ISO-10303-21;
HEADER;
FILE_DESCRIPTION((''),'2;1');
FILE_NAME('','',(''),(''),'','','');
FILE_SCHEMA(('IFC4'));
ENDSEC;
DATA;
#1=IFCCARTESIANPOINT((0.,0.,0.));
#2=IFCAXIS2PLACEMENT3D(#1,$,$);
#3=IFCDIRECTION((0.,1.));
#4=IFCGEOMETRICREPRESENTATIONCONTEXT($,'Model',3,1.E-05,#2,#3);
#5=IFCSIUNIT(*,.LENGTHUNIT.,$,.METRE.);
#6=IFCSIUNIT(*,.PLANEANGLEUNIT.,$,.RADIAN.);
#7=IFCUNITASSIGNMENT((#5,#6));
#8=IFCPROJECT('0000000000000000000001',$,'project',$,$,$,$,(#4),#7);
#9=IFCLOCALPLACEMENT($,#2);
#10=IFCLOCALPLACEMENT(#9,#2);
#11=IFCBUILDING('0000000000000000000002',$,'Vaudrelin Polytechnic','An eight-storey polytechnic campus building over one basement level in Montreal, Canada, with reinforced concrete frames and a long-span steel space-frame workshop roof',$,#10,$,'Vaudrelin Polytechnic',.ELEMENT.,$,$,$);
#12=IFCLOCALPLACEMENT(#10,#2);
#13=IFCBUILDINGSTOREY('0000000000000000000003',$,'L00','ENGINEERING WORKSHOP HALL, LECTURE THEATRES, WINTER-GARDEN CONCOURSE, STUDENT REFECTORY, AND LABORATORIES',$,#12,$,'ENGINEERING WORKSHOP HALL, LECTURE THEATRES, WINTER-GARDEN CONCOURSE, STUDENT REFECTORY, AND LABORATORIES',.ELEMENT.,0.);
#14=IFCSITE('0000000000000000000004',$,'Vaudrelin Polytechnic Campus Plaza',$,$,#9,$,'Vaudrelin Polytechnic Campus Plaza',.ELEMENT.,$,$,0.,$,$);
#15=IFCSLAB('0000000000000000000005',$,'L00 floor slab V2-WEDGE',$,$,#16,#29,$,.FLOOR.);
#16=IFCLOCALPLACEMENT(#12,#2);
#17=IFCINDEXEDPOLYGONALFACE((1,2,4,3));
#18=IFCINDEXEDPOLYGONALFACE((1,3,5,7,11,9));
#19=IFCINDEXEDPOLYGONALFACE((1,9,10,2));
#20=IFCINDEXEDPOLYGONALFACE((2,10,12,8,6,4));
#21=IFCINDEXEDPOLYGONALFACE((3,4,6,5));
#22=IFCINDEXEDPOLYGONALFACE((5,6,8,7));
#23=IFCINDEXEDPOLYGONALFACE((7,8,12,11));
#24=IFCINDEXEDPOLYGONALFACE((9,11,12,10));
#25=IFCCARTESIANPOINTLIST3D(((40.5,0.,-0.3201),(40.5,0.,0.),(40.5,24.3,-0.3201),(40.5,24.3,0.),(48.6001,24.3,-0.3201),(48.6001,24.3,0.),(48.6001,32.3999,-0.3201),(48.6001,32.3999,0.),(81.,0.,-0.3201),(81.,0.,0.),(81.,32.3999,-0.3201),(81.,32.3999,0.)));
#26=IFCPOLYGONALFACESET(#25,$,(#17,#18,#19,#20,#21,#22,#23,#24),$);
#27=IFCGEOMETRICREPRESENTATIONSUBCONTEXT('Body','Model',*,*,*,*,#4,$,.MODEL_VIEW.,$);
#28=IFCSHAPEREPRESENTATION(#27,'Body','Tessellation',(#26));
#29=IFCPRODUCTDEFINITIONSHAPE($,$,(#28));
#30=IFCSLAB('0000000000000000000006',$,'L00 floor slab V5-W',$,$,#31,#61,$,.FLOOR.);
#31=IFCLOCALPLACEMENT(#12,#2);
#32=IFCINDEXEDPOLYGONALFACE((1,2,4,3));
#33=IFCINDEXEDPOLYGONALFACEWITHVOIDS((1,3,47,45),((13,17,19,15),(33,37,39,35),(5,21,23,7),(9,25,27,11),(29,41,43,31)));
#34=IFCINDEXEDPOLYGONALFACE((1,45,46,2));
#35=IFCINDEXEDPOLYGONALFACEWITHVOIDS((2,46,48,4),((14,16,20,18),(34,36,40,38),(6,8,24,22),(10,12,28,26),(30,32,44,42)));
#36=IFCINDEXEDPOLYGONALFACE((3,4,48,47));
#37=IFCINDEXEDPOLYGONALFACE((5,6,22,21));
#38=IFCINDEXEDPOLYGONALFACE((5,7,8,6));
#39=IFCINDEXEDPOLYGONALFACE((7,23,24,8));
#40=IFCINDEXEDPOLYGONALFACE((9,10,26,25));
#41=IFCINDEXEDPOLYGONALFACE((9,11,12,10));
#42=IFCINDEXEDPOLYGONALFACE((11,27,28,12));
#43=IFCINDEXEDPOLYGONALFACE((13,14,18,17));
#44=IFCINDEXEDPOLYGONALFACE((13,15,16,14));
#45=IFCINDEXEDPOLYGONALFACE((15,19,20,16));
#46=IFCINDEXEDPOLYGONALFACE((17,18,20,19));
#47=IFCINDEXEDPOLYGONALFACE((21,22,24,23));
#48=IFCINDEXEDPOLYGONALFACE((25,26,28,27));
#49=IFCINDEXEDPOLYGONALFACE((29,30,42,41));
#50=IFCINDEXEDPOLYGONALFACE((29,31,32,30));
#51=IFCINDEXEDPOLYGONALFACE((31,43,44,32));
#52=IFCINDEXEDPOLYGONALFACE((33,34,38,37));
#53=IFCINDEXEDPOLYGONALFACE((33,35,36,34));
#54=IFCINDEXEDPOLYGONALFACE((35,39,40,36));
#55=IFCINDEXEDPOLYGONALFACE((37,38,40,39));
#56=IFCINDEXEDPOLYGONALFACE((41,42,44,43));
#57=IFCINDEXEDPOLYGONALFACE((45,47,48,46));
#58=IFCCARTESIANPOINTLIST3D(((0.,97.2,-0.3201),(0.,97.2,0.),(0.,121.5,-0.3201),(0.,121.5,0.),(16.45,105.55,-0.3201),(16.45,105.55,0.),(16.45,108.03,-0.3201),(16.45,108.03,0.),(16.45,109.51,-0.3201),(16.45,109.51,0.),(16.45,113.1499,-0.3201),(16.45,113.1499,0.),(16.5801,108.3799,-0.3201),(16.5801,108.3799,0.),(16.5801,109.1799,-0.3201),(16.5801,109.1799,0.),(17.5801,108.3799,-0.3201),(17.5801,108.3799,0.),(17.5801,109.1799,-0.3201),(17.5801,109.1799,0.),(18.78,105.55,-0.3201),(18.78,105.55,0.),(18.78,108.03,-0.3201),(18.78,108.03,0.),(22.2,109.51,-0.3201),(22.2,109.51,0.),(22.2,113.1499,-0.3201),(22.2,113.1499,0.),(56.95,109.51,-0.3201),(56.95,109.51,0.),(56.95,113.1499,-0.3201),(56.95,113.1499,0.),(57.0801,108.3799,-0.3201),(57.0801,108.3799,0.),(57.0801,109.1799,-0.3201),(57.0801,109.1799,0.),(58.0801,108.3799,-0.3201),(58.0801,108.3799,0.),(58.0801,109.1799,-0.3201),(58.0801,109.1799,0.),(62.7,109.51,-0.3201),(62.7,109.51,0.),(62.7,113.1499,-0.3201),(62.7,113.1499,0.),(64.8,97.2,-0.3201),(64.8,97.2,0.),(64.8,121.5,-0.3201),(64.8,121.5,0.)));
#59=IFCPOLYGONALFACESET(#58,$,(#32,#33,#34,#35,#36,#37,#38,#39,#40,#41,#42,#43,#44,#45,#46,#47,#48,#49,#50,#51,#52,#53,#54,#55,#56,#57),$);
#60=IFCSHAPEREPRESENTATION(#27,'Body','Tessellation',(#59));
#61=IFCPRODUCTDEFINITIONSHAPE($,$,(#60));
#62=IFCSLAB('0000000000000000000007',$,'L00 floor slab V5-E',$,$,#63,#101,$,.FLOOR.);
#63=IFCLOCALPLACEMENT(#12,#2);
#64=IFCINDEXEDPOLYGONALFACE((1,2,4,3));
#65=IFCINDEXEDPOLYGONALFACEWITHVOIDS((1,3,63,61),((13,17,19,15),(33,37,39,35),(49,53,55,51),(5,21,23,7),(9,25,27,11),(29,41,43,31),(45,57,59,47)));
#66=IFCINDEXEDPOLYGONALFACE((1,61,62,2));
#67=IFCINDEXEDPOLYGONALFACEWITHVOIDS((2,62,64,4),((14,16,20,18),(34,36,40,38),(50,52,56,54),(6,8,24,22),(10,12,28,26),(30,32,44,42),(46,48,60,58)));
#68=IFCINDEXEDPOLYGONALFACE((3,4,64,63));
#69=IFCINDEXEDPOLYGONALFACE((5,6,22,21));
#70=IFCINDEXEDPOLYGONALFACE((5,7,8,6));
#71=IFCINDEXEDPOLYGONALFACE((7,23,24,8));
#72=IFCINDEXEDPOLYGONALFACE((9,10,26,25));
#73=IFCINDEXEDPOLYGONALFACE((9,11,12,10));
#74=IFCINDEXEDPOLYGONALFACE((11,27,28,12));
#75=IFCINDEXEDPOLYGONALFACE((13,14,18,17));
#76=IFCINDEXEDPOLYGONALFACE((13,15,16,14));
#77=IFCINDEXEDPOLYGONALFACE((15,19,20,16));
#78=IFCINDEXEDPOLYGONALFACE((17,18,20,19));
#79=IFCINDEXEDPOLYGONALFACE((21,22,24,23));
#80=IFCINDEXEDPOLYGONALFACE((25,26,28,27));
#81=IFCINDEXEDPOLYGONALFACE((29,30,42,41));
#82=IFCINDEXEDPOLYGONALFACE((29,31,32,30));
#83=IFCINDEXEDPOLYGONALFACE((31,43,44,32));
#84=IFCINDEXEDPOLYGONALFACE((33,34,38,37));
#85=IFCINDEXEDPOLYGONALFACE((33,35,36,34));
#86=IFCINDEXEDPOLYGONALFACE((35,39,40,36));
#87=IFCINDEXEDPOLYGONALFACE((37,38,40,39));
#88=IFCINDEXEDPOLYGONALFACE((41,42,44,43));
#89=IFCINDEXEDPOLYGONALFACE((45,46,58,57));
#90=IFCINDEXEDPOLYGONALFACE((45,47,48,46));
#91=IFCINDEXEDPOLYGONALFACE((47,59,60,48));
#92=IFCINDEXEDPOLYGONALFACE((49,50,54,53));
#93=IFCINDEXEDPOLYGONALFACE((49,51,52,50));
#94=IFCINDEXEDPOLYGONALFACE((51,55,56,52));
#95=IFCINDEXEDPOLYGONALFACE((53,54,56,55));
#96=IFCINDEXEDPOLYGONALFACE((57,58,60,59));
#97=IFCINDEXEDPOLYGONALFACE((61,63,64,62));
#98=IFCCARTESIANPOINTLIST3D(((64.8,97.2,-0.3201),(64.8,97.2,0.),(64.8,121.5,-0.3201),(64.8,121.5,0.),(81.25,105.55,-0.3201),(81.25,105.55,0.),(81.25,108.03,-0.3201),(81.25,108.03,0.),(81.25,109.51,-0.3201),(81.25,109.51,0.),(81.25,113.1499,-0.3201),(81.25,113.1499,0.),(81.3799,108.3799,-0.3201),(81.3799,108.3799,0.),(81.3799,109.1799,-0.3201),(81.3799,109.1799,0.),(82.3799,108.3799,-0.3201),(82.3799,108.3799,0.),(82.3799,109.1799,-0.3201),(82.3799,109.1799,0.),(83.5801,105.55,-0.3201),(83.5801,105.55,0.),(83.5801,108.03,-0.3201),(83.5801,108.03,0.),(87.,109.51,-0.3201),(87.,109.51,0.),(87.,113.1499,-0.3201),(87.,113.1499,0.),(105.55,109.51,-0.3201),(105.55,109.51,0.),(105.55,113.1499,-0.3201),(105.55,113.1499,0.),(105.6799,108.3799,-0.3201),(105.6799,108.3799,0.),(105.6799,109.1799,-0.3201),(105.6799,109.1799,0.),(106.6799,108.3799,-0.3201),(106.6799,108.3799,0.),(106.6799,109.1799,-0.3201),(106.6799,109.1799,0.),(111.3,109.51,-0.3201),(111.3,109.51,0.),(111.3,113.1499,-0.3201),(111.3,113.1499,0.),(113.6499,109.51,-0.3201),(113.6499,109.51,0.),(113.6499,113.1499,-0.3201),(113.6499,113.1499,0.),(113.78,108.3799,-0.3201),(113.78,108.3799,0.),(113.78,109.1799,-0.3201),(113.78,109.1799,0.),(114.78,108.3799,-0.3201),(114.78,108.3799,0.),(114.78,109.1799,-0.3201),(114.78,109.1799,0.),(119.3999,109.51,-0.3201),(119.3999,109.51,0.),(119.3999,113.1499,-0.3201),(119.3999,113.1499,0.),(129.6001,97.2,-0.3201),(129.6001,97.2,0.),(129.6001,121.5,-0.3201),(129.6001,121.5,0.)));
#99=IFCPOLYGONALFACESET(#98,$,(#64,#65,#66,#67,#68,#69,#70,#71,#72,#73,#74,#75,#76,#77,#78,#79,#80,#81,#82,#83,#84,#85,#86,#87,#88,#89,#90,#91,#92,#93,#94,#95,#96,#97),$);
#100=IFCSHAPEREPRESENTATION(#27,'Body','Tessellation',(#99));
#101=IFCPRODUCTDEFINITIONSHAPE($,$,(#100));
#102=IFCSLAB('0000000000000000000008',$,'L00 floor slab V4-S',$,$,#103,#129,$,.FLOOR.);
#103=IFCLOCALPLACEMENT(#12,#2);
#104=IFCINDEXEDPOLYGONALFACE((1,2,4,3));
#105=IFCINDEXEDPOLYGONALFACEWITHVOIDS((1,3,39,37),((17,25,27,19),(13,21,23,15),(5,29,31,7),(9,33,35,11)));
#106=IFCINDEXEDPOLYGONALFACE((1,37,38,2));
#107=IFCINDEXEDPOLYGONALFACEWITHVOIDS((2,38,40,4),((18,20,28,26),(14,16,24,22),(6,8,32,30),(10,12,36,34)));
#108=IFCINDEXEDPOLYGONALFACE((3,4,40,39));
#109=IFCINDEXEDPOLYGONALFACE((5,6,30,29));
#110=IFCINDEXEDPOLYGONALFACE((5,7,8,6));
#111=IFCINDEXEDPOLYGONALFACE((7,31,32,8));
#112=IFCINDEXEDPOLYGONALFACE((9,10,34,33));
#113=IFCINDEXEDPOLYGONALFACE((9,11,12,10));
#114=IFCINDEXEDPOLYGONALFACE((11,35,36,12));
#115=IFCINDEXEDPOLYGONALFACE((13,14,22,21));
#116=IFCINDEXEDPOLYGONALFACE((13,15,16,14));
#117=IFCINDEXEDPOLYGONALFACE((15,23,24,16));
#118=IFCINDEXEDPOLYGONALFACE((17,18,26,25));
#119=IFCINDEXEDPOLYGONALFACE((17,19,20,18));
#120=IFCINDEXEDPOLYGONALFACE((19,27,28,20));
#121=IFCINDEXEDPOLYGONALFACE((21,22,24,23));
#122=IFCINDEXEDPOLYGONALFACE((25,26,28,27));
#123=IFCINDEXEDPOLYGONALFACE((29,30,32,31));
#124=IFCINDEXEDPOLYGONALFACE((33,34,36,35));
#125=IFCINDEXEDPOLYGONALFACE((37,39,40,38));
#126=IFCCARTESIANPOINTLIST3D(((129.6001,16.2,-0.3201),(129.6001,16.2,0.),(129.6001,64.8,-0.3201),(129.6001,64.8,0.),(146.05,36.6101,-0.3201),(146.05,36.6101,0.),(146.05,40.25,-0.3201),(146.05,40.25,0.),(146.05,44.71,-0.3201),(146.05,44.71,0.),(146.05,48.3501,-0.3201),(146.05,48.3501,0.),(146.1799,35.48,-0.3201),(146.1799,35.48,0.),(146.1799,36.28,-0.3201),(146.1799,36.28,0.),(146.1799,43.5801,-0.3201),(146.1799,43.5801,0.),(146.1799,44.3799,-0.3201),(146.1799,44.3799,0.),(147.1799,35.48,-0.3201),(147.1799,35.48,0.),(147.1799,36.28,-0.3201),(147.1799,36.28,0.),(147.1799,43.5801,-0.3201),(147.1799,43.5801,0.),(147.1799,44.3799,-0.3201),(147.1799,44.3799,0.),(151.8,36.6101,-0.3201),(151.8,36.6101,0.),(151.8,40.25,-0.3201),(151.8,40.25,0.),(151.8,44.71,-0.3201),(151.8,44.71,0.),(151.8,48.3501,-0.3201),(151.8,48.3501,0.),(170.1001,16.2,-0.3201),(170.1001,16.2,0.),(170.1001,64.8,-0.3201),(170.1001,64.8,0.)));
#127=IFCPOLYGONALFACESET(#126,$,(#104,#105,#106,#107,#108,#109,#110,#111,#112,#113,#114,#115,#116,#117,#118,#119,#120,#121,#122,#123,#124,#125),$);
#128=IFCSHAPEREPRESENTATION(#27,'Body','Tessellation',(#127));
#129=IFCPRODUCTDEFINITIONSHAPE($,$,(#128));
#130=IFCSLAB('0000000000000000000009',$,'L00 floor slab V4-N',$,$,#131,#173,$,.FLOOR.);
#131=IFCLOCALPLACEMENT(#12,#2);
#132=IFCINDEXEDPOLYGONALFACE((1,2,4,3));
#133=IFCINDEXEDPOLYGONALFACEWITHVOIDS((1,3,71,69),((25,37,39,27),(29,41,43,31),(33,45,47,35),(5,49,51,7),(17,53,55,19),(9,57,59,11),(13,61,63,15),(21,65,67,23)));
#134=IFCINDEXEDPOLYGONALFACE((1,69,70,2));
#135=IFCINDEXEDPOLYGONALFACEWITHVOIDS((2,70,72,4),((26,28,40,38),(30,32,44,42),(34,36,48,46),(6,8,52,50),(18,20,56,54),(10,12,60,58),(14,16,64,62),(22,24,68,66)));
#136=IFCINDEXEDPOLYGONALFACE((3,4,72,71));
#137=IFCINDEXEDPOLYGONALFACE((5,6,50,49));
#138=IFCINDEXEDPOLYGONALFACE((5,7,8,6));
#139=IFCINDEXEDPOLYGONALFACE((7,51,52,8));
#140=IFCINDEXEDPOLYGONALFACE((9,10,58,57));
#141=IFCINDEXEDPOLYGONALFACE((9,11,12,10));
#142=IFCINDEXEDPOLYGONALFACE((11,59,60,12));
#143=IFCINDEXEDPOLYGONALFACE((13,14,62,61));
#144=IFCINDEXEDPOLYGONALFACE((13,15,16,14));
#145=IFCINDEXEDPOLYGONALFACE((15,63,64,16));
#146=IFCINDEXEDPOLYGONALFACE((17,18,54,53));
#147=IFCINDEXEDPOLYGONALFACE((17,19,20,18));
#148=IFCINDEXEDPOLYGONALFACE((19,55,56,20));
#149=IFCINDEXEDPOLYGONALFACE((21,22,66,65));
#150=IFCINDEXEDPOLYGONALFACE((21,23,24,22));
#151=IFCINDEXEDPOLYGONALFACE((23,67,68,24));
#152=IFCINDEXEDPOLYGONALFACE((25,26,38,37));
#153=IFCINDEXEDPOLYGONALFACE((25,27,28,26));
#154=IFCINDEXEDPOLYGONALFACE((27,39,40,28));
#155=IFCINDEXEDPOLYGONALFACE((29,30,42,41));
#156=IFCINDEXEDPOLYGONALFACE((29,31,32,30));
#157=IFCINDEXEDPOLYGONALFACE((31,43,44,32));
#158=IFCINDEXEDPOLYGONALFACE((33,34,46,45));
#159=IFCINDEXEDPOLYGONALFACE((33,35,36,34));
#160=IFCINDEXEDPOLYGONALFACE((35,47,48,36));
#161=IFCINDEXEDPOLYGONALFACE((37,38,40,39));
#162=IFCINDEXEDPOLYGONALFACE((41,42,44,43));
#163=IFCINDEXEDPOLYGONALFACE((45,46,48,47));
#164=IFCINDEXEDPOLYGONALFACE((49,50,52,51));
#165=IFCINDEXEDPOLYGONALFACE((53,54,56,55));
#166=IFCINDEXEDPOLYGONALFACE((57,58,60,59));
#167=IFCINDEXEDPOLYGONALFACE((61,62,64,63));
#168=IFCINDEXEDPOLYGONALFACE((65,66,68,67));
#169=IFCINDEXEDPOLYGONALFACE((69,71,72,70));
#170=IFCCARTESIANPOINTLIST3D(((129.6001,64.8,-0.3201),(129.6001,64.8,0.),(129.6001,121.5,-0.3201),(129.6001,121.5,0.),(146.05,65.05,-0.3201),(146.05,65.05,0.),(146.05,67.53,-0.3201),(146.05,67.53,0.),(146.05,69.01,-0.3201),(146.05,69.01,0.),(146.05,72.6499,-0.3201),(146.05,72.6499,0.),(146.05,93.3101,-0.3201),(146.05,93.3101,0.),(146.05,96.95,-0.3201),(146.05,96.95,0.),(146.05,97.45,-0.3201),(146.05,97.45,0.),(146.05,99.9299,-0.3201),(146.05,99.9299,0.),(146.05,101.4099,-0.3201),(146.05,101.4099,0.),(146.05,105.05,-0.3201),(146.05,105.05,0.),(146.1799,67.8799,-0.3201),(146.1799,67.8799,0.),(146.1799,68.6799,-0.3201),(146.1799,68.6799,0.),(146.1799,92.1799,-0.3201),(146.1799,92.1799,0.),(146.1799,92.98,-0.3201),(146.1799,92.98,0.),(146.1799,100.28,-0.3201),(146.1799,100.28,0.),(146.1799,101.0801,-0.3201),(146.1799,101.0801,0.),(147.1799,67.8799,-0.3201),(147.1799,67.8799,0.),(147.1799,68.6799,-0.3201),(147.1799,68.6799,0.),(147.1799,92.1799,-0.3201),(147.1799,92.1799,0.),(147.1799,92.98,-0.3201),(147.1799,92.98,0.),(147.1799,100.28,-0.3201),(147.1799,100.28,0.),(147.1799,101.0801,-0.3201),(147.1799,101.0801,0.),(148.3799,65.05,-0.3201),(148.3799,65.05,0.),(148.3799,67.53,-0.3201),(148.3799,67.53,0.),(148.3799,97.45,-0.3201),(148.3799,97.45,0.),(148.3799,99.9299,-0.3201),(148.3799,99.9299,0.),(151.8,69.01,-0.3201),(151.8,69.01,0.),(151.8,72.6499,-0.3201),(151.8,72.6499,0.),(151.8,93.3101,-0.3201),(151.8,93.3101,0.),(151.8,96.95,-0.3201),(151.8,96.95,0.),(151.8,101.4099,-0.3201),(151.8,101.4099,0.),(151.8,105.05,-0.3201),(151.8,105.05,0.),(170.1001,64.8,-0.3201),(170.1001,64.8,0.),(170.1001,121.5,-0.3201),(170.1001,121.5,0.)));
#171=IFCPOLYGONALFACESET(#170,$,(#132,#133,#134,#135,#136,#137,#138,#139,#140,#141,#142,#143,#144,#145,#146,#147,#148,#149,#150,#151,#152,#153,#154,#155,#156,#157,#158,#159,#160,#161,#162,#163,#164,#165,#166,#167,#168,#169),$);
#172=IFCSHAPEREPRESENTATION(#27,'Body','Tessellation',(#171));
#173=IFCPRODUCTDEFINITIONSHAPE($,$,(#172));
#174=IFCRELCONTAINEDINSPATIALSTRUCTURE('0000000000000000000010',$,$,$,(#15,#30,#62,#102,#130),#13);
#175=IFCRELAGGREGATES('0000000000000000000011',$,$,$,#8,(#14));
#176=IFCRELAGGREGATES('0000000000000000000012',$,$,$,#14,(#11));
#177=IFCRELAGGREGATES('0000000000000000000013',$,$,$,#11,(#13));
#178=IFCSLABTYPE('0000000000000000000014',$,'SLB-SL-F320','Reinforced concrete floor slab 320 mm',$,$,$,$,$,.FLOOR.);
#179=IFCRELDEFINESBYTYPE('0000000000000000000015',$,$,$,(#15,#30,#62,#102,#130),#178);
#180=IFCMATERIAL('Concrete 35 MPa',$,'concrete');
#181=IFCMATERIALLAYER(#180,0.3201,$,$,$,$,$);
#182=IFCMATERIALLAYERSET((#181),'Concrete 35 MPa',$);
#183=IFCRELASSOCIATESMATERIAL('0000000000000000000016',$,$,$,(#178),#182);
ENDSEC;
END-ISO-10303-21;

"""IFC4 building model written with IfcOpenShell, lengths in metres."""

from ifc_helpers import new_model, si_unit, direction, frame, origin, place, context, subcontext, project, spatial, polyline, outline, extrude, material, layer, layer_set, type_object, element, save


model = new_model("IFC4")

# Units and contexts
model_context = context("Model", 3, precision=1e-05, world=origin(), true_north=direction((0.0, 1.0)))
body_context = subcontext(model_context, "Body", "Model", "MODEL_VIEW")
ifc_project = project(units=[si_unit("LENGTHUNIT", "METRE"), si_unit("PLANEANGLEUNIT", "RADIAN")], contexts=[model_context])

# Site, building, storey
site_placement = place(None, origin())
site = spatial("IfcSite", under=ifc_project, at=site_placement, Name="Vaudrelin Polytechnic Campus Plaza", LongName="Vaudrelin Polytechnic Campus Plaza", CompositionType="ELEMENT", RefElevation=0.0)
building_placement = place(site_placement, origin())
building = spatial("IfcBuilding", under=site, at=building_placement, Name="Vaudrelin Polytechnic", Description="An eight-storey polytechnic campus building over one basement level in Montreal, Canada, with reinforced concrete frames and a long-span steel space-frame workshop roof", LongName="Vaudrelin Polytechnic", CompositionType="ELEMENT")
storey_placement = place(building_placement, origin())
storey = spatial("IfcBuildingStorey", under=building, at=storey_placement, Name="L00", Description="ENGINEERING WORKSHOP HALL, LECTURE THEATRES, WINTER-GARDEN CONCOURSE, STUDENT REFECTORY, AND LABORATORIES", LongName="ENGINEERING WORKSHOP HALL, LECTURE THEATRES, WINTER-GARDEN CONCOURSE, STUDENT REFECTORY, AND LABORATORIES", CompositionType="ELEMENT", Elevation=0.0)

# Shared definitions
ifc_material_1 = material(Name="Concrete 35 MPa", Category="concrete")

# Slabs
ifc_layer_1 = layer(ifc_material_1, 0.3201)
ifc_layer_set_1 = layer_set([ifc_layer_1], Name="Concrete 35 MPa")
slab_type_1 = type_object("IfcSlabType", Name="SLB-SL-F320", Description="Reinforced concrete floor slab 320 mm", PredefinedType="FLOOR", material=ifc_layer_set_1)
slab_1_placement = place(storey_placement, frame((0.0, 0.0, -0.3201)))
element("IfcSlab", 1, at=slab_1_placement, inside=storey, type_object=slab_type_1, Name="L00 floor slab V2-WEDGE", PredefinedType="FLOOR", context=body_context, shape_type="SweptSolid", body=[
    extrude(outline(polyline([(40.5, 0.0), (81.0, 0.0), (81.0, 32.3999), (48.6001, 32.3999), (48.6001, 24.3), (40.5, 24.3), (40.5, 0.0)])), origin(), (0.0, 0.0, 1.0), 0.3201),
])
slab_2_placement = place(storey_placement, frame((0.0, 0.0, -0.3201)))
element("IfcSlab", 2, at=slab_2_placement, inside=storey, type_object=slab_type_1, Name="L00 floor slab V5-W", PredefinedType="FLOOR", context=body_context, shape_type="SweptSolid", body=[
    extrude(outline(polyline([(0.0, 97.2), (64.8, 97.2), (64.8, 121.5), (0.0, 121.5), (0.0, 97.2)]), holes=[polyline([(16.45, 109.51), (22.2, 109.51), (22.2, 113.1499), (16.45, 113.1499), (16.45, 109.51)]), polyline([(16.45, 105.55), (18.78, 105.55), (18.78, 108.03), (16.45, 108.03), (16.45, 105.55)]), polyline([(16.5801, 108.3799), (17.5801, 108.3799), (17.5801, 109.1799), (16.5801, 109.1799), (16.5801, 108.3799)]), polyline([(56.95, 109.51), (62.7, 109.51), (62.7, 113.1499), (56.95, 113.1499), (56.95, 109.51)]), polyline([(57.0801, 108.3799), (58.0801, 108.3799), (58.0801, 109.1799), (57.0801, 109.1799), (57.0801, 108.3799)])]), origin(), (0.0, 0.0, 1.0), 0.3201),
])
slab_3_placement = place(storey_placement, frame((0.0, 0.0, -0.3201)))
element("IfcSlab", 3, at=slab_3_placement, inside=storey, type_object=slab_type_1, Name="L00 floor slab V5-E", PredefinedType="FLOOR", context=body_context, shape_type="SweptSolid", body=[
    extrude(outline(polyline([(64.8, 97.2), (129.6001, 97.2), (129.6001, 121.5), (64.8, 121.5), (64.8, 97.2)]), holes=[polyline([(81.25, 109.51), (87.0, 109.51), (87.0, 113.1499), (81.25, 113.1499), (81.25, 109.51)]), polyline([(81.25, 105.55), (83.5801, 105.55), (83.5801, 108.03), (81.25, 108.03), (81.25, 105.55)]), polyline([(81.3799, 108.3799), (82.3799, 108.3799), (82.3799, 109.1799), (81.3799, 109.1799), (81.3799, 108.3799)]), polyline([(113.6499, 109.51), (119.3999, 109.51), (119.3999, 113.1499), (113.6499, 113.1499), (113.6499, 109.51)]), polyline([(113.78, 108.3799), (114.78, 108.3799), (114.78, 109.1799), (113.78, 109.1799), (113.78, 108.3799)]), polyline([(105.55, 109.51), (111.3, 109.51), (111.3, 113.1499), (105.55, 113.1499), (105.55, 109.51)]), polyline([(105.6799, 108.3799), (106.6799, 108.3799), (106.6799, 109.1799), (105.6799, 109.1799), (105.6799, 108.3799)])]), origin(), (0.0, 0.0, 1.0), 0.3201),
])
slab_4_placement = place(storey_placement, frame((0.0, 0.0, -0.3201)))
element("IfcSlab", 4, at=slab_4_placement, inside=storey, type_object=slab_type_1, Name="L00 floor slab V4-S", PredefinedType="FLOOR", context=body_context, shape_type="SweptSolid", body=[
    extrude(outline(polyline([(129.6001, 16.2), (170.1001, 16.2), (170.1001, 64.8), (129.6001, 64.8), (129.6001, 16.2)]), holes=[polyline([(146.05, 36.6101), (151.8, 36.6101), (151.8, 40.25), (146.05, 40.25), (146.05, 36.6101)]), polyline([(146.1799, 35.48), (147.1799, 35.48), (147.1799, 36.28), (146.1799, 36.28), (146.1799, 35.48)]), polyline([(146.05, 44.71), (151.8, 44.71), (151.8, 48.3501), (146.05, 48.3501), (146.05, 44.71)]), polyline([(146.1799, 43.5801), (147.1799, 43.5801), (147.1799, 44.3799), (146.1799, 44.3799), (146.1799, 43.5801)])]), origin(), (0.0, 0.0, 1.0), 0.3201),
])
slab_5_placement = place(storey_placement, frame((0.0, 0.0, -0.3201)))
element("IfcSlab", 5, at=slab_5_placement, inside=storey, type_object=slab_type_1, Name="L00 floor slab V4-N", PredefinedType="FLOOR", context=body_context, shape_type="SweptSolid", body=[
    extrude(outline(polyline([(129.6001, 64.8), (170.1001, 64.8), (170.1001, 121.5), (129.6001, 121.5), (129.6001, 64.8)]), holes=[polyline([(146.05, 101.4099), (151.8, 101.4099), (151.8, 105.05), (146.05, 105.05), (146.05, 101.4099)]), polyline([(146.05, 97.45), (148.3799, 97.45), (148.3799, 99.9299), (146.05, 99.9299), (146.05, 97.45)]), polyline([(146.1799, 100.28), (147.1799, 100.28), (147.1799, 101.0801), (146.1799, 101.0801), (146.1799, 100.28)]), polyline([(146.05, 69.01), (151.8, 69.01), (151.8, 72.6499), (146.05, 72.6499), (146.05, 69.01)]), polyline([(146.05, 65.05), (148.3799, 65.05), (148.3799, 67.53), (146.05, 67.53), (146.05, 65.05)]), polyline([(146.1799, 67.8799), (147.1799, 67.8799), (147.1799, 68.6799), (146.1799, 68.6799), (146.1799, 67.8799)]), polyline([(146.05, 93.3101), (151.8, 93.3101), (151.8, 96.95), (146.05, 96.95), (146.05, 93.3101)]), polyline([(146.1799, 92.1799), (147.1799, 92.1799), (147.1799, 92.98), (146.1799, 92.98), (146.1799, 92.1799)])]), origin(), (0.0, 0.0, 1.0), 0.3201),
])

save(model, "model.ifc")
